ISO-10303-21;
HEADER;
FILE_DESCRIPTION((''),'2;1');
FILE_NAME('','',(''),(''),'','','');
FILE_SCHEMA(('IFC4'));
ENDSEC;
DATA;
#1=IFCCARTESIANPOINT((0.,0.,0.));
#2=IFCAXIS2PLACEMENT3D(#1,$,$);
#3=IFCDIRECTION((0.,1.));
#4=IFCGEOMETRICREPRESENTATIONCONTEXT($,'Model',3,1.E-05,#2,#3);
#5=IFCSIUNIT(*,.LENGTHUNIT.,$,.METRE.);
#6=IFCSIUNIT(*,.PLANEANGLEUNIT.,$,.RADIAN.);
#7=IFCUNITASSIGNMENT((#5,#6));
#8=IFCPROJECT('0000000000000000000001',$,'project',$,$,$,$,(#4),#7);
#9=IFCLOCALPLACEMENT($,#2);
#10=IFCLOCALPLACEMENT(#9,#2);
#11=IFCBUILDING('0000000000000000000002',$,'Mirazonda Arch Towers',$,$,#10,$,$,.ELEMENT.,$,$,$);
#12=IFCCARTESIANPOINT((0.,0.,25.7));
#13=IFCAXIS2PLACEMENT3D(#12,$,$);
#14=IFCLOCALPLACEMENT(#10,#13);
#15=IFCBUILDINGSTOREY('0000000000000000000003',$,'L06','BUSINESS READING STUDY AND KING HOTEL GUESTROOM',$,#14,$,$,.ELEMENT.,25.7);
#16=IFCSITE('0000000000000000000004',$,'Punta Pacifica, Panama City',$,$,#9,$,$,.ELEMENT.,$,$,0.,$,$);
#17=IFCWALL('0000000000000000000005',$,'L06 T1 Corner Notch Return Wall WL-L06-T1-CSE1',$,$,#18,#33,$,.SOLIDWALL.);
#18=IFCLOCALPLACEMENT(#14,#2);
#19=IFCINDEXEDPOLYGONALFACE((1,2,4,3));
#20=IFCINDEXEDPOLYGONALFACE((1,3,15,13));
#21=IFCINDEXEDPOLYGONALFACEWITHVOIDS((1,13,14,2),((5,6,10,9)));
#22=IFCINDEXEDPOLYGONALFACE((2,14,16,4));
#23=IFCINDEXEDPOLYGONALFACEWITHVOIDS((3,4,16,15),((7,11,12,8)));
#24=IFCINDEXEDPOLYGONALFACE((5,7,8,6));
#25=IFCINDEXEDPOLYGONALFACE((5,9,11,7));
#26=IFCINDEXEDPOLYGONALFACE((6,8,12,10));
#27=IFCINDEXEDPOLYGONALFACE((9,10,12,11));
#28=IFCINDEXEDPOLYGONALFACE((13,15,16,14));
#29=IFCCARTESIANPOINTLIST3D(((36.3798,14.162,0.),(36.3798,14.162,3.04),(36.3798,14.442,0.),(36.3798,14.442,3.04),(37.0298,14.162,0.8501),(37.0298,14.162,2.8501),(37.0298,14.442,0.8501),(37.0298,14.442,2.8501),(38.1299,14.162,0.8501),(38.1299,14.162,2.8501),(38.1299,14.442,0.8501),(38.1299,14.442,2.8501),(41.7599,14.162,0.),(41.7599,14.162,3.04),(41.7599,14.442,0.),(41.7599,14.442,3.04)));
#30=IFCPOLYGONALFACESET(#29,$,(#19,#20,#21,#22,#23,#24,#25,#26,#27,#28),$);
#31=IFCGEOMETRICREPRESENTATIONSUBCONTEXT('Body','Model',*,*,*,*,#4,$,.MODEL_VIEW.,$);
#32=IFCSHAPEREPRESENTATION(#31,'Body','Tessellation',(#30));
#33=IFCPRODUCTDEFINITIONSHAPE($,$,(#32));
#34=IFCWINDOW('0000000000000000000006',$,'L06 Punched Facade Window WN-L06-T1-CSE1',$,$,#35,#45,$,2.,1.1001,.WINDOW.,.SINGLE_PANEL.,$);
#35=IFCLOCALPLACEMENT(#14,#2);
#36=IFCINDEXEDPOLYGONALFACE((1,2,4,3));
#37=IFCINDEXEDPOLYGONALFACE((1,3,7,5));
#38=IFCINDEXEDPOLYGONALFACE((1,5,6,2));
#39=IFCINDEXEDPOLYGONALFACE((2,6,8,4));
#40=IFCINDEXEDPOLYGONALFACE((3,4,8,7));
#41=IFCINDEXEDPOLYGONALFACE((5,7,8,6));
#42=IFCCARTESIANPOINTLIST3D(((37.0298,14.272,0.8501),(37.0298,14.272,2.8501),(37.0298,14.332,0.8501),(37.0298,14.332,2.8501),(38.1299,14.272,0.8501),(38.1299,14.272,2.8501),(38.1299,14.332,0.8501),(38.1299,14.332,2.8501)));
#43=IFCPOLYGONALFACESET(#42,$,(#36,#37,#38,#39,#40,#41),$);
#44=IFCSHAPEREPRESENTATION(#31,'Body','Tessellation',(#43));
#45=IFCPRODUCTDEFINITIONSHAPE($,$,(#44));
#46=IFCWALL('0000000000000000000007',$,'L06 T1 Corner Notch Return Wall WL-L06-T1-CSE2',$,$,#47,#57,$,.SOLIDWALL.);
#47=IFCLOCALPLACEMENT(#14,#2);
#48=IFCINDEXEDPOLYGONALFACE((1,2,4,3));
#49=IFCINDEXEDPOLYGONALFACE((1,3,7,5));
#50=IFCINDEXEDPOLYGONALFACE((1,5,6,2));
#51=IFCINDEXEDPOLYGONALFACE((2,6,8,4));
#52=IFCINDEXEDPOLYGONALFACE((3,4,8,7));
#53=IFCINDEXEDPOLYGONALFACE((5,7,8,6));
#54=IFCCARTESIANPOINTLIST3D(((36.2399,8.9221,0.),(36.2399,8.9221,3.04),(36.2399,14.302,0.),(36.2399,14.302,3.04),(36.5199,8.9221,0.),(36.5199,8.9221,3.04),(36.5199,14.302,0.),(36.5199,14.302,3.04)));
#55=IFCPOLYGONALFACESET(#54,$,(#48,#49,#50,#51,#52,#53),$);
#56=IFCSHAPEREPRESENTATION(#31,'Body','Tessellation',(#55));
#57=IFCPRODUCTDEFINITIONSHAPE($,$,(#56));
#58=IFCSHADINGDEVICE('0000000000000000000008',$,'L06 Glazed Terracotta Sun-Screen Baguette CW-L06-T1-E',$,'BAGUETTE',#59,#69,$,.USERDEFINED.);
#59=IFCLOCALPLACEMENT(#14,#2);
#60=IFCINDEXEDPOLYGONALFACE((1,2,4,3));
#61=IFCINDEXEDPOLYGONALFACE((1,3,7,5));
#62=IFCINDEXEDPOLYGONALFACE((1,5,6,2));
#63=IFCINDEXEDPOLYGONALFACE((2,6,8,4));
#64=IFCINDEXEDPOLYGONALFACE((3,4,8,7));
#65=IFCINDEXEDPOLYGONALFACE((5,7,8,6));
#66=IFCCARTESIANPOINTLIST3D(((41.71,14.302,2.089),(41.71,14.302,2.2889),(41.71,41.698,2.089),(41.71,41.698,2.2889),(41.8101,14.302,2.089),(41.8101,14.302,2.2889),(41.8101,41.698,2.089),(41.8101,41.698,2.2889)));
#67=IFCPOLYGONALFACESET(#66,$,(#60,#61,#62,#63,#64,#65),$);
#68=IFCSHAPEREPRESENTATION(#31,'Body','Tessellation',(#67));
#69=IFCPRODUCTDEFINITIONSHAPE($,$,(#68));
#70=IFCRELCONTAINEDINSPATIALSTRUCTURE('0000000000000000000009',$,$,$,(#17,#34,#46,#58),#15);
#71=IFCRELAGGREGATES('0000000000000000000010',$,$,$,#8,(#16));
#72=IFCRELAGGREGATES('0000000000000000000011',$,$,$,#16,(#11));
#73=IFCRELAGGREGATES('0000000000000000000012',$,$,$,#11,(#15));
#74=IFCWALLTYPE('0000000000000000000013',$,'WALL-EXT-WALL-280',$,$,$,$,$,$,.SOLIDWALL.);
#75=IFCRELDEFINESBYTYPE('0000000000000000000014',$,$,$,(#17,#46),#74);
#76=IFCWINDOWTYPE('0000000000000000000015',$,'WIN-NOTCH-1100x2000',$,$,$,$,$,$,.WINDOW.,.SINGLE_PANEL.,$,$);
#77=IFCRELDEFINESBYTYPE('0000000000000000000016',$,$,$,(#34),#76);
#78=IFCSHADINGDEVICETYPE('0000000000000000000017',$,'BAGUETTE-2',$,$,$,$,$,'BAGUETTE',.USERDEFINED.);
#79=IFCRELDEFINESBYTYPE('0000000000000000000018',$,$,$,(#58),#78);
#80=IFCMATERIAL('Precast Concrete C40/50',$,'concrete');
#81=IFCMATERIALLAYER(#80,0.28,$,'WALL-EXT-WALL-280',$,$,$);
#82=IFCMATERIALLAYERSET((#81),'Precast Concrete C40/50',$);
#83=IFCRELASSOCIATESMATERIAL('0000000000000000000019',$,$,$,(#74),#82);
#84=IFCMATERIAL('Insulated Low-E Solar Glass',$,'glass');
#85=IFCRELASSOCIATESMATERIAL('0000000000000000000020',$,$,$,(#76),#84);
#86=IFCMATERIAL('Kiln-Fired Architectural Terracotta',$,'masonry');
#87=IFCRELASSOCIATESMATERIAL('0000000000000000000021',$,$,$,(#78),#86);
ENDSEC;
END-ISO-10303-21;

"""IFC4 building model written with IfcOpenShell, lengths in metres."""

from ifc_helpers import new_model, si_unit, direction, frame, frame_2d, origin, origin_2d, place, context, subcontext, project, spatial, rectangle, extrude, material, layer, layer_set, material_profile, profile_set, type_object, element, fill, save


model = new_model("IFC4")

# Units and contexts
model_context = context("Model", 3, precision=1e-05, world=origin(), true_north=direction((0.0, 1.0)))
body_context = subcontext(model_context, "Body", "Model", "MODEL_VIEW")
ifc_project = project(units=[si_unit("LENGTHUNIT", "METRE"), si_unit("PLANEANGLEUNIT", "RADIAN")], contexts=[model_context])

# Site, building, storey
site_placement = place(None, origin())
site = spatial("IfcSite", under=ifc_project, at=site_placement, Name="Punta Pacifica, Panama City", CompositionType="ELEMENT", RefElevation=0.0)
building_placement = place(site_placement, origin())
building = spatial("IfcBuilding", under=site, at=building_placement, Name="Mirazonda Arch Towers", CompositionType="ELEMENT")
storey_placement = place(building_placement, frame((0.0, 0.0, 25.7)))
storey = spatial("IfcBuildingStorey", under=building, at=storey_placement, Name="L06", Description="BUSINESS READING STUDY AND KING HOTEL GUESTROOM", CompositionType="ELEMENT", Elevation=25.7)

# Shared definitions
ifc_material_1 = material(Name="Insulated Low-E Solar Glass", Category="glass")

# Wall, opening, window
ifc_material_2 = material(Name="Precast Concrete C40/50", Category="concrete")
ifc_layer_1 = layer(ifc_material_2, 0.28, Name="WALL-EXT-WALL-280")
ifc_layer_set_1 = layer_set([ifc_layer_1], Name="Precast Concrete C40/50")
wall_type = type_object("IfcWallType", Name="WALL-EXT-WALL-280", PredefinedType="SOLIDWALL", material=ifc_layer_set_1)
wall_1_placement = place(storey_placement, frame((36.3799, 14.302, 0.0), z_axis=(0.0, 0.0, 1.0), x_axis=(1.0, 0.0, 0.0)))
wall_1 = element("IfcWall", 1, at=wall_1_placement, inside=storey, type_object=wall_type, Name="L06 T1 Corner Notch Return Wall WL-L06-T1-CSE1", PredefinedType="SOLIDWALL", context=body_context, shape_type="SweptSolid", body=[
    extrude(rectangle(XDim=5.3801, YDim=0.28, at=frame_2d((2.6899, 0.0))), origin(), (0.0, 0.0, 1.0), 3.04),
])
opening_placement = place(wall_1_placement, frame((0.6499, 0.0, 0.8501)))
opening = element("IfcOpeningElement", 2, at=opening_placement, cuts=wall_1, PredefinedType="OPENING", context=body_context, shape_type="SweptSolid", body=[
    extrude(rectangle(XDim=1.1001, YDim=2.0, at=frame_2d((0.55, 1.0))), frame((0.0, 0.1499, 0.0), z_axis=(0.0, -1.0, 0.0), x_axis=(1.0, 0.0, 0.0)), (0.0, 0.0, 1.0), 0.3),
])
window_type = type_object("IfcWindowType", Name="WIN-NOTCH-1100x2000", PartitioningType="SINGLE_PANEL", PredefinedType="WINDOW", material=ifc_material_1)
window_placement = place(opening_placement, origin())
window = element("IfcWindow", 3, at=window_placement, inside=storey, type_object=window_type, Name="L06 Punched Facade Window WN-L06-T1-CSE1", OverallHeight=2.0, OverallWidth=1.1001, PartitioningType="SINGLE_PANEL", PredefinedType="WINDOW", context=body_context, shape_type="SweptSolid", body=[
    extrude(rectangle(XDim=1.1001, YDim=2.0, at=frame_2d((0.55, 1.0))), frame((0.0, 0.03, 0.0), z_axis=(0.0, -1.0, 0.0), x_axis=(1.0, 0.0, 0.0)), (0.0, 0.0, 1.0), 0.0601),
])
fill(opening, window)

# Wall
wall_2_placement = place(storey_placement, frame((36.3799, 8.9221, 0.0), z_axis=(0.0, 0.0, 1.0), x_axis=(0.0, 1.0, 0.0)))
element("IfcWall", 4, at=wall_2_placement, inside=storey, type_object=wall_type, Name="L06 T1 Corner Notch Return Wall WL-L06-T1-CSE2", PredefinedType="SOLIDWALL", context=body_context, shape_type="SweptSolid", body=[
    extrude(rectangle(XDim=5.3799, YDim=0.28, at=frame_2d((2.6899, 0.0))), origin(), (0.0, 0.0, 1.0), 3.04),
])

# Shading device
ifc_material_3 = material(Name="Kiln-Fired Architectural Terracotta", Category="masonry")
ifc_material_profile_1 = material_profile(ifc_material_3, rectangle(XDim=0.1001, YDim=0.2, at=origin_2d()), Name="TERRA-BAG-100x200")
ifc_profile_set_1 = profile_set([ifc_material_profile_1], Name="Kiln-Fired Architectural Terracotta")
shading_device_type = type_object("IfcShadingDeviceType", Name="BAGUETTE-2", ElementType="BAGUETTE", PredefinedType="USERDEFINED", material=ifc_profile_set_1)
shading_device_placement = place(storey_placement, frame((41.76, 14.302, 2.189), z_axis=(0.0, 1.0, 0.0), x_axis=(-1.0, 0.0, 0.0)))
element("IfcShadingDevice", 5, at=shading_device_placement, inside=storey, type_object=shading_device_type, Name="L06 Glazed Terracotta Sun-Screen Baguette CW-L06-T1-E", ObjectType="BAGUETTE", PredefinedType="USERDEFINED", context=body_context, shape_type="SweptSolid", body=[
    extrude(rectangle(XDim=0.1001, YDim=0.2, at=origin_2d()), origin(), (0.0, 0.0, 1.0), 27.396),
])

save(model, "model.ifc")
